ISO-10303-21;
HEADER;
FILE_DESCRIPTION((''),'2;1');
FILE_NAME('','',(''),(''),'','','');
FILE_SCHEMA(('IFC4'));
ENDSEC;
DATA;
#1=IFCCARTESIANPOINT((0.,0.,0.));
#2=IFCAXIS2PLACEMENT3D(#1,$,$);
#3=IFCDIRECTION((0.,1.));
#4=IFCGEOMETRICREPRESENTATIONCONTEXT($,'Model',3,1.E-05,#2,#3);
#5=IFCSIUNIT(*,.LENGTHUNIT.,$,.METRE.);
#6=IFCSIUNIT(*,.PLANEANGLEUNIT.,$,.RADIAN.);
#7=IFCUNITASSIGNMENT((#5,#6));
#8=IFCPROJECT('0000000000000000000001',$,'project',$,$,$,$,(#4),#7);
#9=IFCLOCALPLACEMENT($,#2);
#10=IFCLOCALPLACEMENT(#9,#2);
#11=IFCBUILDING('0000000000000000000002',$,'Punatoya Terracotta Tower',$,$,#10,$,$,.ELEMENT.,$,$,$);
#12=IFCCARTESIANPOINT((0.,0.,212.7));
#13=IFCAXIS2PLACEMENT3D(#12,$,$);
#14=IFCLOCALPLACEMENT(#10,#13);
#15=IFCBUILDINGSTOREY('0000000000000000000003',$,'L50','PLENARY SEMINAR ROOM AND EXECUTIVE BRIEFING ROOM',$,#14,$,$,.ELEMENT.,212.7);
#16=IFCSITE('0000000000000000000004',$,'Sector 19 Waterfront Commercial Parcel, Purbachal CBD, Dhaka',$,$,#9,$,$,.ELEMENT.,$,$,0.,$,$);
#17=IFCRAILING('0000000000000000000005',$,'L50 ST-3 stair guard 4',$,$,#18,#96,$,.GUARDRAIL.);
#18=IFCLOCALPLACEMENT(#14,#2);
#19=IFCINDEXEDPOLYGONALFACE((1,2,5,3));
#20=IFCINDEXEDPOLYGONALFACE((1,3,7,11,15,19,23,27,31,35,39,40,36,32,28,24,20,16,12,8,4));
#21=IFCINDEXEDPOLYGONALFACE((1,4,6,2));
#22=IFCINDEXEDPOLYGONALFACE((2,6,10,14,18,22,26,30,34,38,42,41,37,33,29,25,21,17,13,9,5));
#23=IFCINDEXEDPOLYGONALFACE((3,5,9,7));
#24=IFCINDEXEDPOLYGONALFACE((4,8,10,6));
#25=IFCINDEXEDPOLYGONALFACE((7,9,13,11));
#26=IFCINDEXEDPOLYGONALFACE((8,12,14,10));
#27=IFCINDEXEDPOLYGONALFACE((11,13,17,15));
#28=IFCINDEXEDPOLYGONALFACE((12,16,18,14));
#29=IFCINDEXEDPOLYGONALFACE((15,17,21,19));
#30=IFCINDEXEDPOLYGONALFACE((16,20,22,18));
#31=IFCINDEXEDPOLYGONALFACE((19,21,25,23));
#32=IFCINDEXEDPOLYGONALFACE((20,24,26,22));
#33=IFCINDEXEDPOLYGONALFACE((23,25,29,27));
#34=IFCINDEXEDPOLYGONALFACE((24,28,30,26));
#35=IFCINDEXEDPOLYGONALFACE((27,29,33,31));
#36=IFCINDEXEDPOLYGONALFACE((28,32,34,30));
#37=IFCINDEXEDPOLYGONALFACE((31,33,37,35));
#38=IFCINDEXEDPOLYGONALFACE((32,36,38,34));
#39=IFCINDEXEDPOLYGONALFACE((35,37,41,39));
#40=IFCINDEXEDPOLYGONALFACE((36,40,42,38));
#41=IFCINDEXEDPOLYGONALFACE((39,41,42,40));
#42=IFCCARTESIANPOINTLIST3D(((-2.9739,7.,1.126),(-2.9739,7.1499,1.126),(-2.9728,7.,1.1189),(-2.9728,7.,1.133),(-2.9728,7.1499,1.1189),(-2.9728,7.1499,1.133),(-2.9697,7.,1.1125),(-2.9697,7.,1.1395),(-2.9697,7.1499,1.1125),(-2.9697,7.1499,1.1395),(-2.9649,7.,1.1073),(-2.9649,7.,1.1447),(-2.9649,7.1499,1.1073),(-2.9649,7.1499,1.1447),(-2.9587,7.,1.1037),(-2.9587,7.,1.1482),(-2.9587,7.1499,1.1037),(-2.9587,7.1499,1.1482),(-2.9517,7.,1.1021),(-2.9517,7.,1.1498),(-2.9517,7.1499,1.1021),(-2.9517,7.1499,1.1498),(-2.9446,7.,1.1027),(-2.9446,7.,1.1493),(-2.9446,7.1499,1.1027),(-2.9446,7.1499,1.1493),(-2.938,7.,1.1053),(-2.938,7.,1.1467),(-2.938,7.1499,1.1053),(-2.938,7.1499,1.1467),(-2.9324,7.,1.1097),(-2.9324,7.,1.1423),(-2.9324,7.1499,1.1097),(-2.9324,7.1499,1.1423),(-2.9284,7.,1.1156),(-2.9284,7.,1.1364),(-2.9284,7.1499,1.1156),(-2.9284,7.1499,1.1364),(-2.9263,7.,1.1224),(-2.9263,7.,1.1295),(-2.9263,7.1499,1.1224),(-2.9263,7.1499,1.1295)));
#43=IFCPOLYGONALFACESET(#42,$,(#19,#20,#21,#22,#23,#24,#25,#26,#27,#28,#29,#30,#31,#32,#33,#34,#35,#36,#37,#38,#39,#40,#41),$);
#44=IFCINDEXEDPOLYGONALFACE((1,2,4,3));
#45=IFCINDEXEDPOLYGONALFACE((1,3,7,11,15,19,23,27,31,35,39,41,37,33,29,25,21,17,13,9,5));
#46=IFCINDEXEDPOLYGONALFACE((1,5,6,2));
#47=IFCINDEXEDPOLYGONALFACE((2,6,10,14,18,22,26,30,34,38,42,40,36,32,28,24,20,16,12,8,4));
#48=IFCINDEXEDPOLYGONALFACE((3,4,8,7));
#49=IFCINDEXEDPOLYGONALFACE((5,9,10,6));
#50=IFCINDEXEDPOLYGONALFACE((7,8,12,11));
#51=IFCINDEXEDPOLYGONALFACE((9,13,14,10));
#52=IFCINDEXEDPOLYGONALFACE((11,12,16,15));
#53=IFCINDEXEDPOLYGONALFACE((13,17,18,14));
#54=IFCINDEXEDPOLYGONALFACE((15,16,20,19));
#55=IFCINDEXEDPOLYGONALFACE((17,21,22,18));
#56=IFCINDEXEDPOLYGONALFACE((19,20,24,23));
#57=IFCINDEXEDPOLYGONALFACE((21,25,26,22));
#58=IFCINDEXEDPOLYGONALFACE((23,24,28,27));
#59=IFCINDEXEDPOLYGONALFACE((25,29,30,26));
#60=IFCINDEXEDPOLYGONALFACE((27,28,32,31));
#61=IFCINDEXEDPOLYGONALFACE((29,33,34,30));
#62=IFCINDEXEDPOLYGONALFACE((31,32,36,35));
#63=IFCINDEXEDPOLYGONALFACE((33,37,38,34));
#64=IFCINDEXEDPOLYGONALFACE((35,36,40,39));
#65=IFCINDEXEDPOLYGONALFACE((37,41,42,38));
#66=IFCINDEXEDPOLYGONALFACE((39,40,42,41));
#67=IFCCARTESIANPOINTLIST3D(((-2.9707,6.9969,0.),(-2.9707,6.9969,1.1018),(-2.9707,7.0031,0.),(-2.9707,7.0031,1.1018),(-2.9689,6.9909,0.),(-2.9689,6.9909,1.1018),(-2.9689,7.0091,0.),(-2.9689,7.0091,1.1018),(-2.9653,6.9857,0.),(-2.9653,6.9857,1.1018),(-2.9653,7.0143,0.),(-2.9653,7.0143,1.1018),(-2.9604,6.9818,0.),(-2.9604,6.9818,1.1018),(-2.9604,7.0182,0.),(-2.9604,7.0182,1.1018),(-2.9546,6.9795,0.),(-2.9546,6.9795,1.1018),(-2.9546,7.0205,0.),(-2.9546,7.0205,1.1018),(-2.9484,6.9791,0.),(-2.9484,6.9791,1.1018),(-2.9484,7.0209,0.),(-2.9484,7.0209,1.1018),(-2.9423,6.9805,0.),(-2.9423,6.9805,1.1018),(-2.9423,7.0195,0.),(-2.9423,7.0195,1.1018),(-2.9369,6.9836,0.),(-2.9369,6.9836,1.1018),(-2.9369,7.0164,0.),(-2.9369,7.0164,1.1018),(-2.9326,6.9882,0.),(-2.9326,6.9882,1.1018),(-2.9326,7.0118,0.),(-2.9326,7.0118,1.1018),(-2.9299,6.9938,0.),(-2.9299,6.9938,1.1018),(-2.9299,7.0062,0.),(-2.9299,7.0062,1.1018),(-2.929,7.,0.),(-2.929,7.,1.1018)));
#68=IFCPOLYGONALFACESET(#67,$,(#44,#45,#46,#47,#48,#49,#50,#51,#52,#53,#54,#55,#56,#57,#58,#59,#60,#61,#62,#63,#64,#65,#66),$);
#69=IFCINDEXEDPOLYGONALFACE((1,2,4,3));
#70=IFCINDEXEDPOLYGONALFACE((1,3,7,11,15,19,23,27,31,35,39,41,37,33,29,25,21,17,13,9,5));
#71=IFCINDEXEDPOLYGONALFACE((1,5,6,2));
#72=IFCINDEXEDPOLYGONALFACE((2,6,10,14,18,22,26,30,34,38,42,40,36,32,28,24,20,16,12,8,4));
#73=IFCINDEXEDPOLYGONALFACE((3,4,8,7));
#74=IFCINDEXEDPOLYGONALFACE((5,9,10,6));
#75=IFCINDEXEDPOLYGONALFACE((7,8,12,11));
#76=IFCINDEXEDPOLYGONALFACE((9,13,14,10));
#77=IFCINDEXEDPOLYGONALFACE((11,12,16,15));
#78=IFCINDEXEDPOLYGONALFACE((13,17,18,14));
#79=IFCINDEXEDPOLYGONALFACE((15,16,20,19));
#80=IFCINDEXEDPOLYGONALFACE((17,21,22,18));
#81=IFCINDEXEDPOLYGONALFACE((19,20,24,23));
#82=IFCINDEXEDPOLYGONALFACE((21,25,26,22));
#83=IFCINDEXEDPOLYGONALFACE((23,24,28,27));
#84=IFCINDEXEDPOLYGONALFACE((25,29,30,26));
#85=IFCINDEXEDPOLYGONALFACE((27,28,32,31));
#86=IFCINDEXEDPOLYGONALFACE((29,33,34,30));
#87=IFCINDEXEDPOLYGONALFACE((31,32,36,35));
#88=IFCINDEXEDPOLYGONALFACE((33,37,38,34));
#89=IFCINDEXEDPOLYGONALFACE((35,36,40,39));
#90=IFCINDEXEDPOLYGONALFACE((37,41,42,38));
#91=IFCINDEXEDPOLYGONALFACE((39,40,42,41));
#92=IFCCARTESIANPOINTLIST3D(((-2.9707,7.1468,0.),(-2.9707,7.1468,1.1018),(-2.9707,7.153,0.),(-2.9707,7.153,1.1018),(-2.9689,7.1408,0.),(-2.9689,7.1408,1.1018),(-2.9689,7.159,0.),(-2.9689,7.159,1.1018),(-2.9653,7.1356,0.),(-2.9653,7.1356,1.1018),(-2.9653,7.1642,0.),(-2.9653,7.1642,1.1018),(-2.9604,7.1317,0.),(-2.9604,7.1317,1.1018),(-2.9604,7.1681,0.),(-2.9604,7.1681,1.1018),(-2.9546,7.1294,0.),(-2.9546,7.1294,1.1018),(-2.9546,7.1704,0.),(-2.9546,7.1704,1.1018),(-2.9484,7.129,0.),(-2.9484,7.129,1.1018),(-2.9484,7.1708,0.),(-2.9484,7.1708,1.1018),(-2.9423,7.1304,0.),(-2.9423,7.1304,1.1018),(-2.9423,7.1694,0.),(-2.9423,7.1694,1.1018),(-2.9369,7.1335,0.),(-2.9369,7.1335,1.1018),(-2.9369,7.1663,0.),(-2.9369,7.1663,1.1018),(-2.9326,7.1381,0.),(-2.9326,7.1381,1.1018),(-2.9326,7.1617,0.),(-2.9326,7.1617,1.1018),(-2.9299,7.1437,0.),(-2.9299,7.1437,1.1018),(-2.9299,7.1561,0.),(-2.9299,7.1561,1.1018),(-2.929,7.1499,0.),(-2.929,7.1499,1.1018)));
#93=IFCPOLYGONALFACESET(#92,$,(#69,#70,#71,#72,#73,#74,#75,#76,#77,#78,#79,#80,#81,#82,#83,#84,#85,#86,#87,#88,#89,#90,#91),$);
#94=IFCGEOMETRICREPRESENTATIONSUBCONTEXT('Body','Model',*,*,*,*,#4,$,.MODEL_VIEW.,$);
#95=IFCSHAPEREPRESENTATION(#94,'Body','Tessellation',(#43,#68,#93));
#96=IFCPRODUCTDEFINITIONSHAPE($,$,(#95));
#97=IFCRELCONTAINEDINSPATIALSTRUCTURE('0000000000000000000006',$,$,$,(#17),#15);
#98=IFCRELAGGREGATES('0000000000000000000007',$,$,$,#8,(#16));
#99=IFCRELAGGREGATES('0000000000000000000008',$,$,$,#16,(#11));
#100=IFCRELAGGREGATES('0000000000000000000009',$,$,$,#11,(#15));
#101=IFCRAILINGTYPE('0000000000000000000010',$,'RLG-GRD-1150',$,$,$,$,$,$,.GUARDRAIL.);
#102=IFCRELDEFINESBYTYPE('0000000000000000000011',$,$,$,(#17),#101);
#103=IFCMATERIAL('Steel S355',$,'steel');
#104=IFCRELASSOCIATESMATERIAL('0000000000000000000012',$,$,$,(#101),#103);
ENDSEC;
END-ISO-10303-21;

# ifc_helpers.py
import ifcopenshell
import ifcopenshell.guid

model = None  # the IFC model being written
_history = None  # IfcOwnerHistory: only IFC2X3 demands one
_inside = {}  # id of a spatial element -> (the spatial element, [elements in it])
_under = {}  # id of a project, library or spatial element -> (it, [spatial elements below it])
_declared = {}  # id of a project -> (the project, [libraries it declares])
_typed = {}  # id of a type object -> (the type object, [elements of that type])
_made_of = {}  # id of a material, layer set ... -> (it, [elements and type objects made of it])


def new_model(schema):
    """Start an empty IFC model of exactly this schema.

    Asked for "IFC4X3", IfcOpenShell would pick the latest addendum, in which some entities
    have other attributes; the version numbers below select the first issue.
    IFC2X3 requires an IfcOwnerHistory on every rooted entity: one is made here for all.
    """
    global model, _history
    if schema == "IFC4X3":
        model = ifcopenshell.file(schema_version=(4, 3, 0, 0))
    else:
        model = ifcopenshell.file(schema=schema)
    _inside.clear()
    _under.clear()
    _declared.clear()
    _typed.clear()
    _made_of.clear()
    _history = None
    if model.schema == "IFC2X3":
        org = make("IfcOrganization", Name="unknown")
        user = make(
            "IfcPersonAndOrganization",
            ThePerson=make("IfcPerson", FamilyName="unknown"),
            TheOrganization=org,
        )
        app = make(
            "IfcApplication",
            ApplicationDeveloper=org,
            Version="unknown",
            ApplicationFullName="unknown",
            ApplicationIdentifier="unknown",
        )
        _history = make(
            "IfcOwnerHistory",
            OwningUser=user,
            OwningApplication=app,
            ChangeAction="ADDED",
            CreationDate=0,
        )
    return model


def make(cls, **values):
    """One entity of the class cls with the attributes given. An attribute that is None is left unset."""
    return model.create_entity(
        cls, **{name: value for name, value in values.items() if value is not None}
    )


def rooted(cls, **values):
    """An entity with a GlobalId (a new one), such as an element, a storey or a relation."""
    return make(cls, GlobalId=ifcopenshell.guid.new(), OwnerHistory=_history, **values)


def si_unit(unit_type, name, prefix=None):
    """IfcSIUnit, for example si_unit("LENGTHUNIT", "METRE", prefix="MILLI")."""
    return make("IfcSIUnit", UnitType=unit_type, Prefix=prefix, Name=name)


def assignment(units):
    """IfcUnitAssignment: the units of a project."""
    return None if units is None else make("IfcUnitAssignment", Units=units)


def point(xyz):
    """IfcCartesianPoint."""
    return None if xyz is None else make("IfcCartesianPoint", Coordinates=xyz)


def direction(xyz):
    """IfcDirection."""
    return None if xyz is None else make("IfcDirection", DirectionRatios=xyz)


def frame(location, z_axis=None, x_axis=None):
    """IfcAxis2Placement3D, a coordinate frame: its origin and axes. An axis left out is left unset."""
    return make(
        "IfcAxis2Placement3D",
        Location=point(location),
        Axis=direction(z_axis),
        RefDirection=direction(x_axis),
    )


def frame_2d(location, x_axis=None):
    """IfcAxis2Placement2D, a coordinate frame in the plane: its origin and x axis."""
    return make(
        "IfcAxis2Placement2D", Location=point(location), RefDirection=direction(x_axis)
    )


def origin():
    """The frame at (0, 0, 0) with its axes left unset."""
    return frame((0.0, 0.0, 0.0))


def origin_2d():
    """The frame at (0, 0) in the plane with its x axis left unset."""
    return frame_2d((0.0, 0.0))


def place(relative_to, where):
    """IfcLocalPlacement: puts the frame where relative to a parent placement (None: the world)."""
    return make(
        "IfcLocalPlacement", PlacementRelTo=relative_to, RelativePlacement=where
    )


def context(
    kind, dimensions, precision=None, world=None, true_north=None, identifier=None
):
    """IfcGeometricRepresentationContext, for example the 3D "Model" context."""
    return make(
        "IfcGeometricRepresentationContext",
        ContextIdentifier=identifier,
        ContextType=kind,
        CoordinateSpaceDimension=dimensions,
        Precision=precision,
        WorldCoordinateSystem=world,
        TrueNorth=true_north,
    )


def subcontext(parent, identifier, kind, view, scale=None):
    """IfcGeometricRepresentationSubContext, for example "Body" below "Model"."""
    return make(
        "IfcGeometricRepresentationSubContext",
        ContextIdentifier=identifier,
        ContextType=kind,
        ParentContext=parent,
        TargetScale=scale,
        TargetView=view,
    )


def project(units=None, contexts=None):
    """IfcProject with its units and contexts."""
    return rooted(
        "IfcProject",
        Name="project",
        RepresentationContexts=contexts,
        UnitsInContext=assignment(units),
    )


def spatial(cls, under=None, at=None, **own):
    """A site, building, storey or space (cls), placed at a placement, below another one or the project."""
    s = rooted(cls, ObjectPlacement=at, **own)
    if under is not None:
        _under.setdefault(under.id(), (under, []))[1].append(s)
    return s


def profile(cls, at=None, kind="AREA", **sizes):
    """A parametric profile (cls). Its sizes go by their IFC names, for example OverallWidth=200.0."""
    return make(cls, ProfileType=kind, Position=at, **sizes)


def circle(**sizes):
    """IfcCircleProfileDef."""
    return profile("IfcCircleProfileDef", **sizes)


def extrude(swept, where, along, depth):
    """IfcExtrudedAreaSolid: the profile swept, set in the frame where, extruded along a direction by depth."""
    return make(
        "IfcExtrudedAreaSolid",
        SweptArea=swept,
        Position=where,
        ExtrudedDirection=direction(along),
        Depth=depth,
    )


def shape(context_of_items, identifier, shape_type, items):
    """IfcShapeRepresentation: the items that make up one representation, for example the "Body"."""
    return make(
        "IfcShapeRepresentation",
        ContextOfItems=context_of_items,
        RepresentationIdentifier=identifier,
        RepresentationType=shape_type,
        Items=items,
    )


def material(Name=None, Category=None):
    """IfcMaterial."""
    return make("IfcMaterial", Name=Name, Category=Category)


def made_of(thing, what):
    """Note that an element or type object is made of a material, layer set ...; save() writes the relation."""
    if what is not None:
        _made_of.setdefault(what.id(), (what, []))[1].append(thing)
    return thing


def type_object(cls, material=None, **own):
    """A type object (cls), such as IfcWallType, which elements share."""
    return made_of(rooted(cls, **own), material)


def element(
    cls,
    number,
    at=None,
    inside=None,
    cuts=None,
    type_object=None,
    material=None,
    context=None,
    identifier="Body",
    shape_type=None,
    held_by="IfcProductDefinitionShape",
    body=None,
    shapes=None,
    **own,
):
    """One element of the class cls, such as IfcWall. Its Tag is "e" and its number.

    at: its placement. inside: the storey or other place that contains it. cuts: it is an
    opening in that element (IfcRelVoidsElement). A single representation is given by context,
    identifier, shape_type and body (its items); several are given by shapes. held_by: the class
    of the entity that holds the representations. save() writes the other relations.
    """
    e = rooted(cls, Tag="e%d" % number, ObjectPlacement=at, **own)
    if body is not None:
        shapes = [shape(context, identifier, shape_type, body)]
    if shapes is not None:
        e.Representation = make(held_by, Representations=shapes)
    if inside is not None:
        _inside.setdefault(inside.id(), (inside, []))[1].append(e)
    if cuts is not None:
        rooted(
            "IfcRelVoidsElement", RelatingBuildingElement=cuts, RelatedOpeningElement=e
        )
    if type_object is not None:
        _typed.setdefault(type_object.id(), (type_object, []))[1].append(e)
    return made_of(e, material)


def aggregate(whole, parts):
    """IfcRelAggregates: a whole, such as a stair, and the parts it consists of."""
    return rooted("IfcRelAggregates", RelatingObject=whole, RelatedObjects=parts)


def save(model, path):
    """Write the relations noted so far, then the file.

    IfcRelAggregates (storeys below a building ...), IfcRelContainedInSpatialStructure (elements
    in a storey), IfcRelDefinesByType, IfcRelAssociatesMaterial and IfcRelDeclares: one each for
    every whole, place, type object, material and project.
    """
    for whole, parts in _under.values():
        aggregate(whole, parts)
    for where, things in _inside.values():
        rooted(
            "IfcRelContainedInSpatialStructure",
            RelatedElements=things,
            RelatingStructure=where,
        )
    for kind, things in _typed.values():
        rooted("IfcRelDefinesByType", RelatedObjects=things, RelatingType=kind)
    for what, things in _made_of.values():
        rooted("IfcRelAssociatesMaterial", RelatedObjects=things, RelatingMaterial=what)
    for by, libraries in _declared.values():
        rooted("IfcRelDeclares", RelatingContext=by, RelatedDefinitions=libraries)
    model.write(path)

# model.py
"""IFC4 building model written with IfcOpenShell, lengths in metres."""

from ifc_helpers import new_model, si_unit, direction, frame, origin, origin_2d, place, context, subcontext, project, spatial, circle, extrude, material, type_object, element, save


model = new_model("IFC4")

# Units and contexts
model_context = context("Model", 3, precision=1e-05, world=origin(), true_north=direction((0.0, 1.0)))
body_context = subcontext(model_context, "Body", "Model", "MODEL_VIEW")
ifc_project = project(units=[si_unit("LENGTHUNIT", "METRE"), si_unit("PLANEANGLEUNIT", "RADIAN")], contexts=[model_context])

# Site, building, storey
site_placement = place(None, origin())
site = spatial("IfcSite", under=ifc_project, at=site_placement, Name="Sector 19 Waterfront Commercial Parcel, Purbachal CBD, Dhaka", CompositionType="ELEMENT", RefElevation=0.0)
building_placement = place(site_placement, origin())
building = spatial("IfcBuilding", under=site, at=building_placement, Name="Punatoya Terracotta Tower", CompositionType="ELEMENT")
storey_placement = place(building_placement, frame((0.0, 0.0, 212.7)))
storey = spatial("IfcBuildingStorey", under=building, at=storey_placement, Name="L50", Description="PLENARY SEMINAR ROOM AND EXECUTIVE BRIEFING ROOM", CompositionType="ELEMENT", Elevation=212.7)

# Shared definitions
ifc_material_1 = material(Name="Steel S355", Category="steel")

# Railing
railing_type = type_object("IfcRailingType", Name="RLG-GRD-1150", PredefinedType="GUARDRAIL", material=ifc_material_1)
railing_1_placement = place(storey_placement, frame((-2.95, 7.0, 0.0)))
element("IfcRailing", 1, at=railing_1_placement, inside=storey, type_object=railing_type, Name="L50 ST-3 stair guard 4", PredefinedType="GUARDRAIL", context=body_context, shape_type="SweptSolid", body=[
    extrude(circle(Radius=0.0239, at=origin_2d()), frame((0.0, 0.0, 1.126), z_axis=(0.0, 1.0, 0.0), x_axis=(-1.0, 0.0, 0.0)), (0.0, 0.0, 1.0), 0.1499),
    extrude(circle(Radius=0.021, at=origin_2d()), origin(), (0.0, 0.0, 1.0), 1.1018),
    extrude(circle(Radius=0.021, at=origin_2d()), frame((0.0, 0.1499, 0.0)), (0.0, 0.0, 1.0), 1.1018),
])

save(model, "model.ifc")
